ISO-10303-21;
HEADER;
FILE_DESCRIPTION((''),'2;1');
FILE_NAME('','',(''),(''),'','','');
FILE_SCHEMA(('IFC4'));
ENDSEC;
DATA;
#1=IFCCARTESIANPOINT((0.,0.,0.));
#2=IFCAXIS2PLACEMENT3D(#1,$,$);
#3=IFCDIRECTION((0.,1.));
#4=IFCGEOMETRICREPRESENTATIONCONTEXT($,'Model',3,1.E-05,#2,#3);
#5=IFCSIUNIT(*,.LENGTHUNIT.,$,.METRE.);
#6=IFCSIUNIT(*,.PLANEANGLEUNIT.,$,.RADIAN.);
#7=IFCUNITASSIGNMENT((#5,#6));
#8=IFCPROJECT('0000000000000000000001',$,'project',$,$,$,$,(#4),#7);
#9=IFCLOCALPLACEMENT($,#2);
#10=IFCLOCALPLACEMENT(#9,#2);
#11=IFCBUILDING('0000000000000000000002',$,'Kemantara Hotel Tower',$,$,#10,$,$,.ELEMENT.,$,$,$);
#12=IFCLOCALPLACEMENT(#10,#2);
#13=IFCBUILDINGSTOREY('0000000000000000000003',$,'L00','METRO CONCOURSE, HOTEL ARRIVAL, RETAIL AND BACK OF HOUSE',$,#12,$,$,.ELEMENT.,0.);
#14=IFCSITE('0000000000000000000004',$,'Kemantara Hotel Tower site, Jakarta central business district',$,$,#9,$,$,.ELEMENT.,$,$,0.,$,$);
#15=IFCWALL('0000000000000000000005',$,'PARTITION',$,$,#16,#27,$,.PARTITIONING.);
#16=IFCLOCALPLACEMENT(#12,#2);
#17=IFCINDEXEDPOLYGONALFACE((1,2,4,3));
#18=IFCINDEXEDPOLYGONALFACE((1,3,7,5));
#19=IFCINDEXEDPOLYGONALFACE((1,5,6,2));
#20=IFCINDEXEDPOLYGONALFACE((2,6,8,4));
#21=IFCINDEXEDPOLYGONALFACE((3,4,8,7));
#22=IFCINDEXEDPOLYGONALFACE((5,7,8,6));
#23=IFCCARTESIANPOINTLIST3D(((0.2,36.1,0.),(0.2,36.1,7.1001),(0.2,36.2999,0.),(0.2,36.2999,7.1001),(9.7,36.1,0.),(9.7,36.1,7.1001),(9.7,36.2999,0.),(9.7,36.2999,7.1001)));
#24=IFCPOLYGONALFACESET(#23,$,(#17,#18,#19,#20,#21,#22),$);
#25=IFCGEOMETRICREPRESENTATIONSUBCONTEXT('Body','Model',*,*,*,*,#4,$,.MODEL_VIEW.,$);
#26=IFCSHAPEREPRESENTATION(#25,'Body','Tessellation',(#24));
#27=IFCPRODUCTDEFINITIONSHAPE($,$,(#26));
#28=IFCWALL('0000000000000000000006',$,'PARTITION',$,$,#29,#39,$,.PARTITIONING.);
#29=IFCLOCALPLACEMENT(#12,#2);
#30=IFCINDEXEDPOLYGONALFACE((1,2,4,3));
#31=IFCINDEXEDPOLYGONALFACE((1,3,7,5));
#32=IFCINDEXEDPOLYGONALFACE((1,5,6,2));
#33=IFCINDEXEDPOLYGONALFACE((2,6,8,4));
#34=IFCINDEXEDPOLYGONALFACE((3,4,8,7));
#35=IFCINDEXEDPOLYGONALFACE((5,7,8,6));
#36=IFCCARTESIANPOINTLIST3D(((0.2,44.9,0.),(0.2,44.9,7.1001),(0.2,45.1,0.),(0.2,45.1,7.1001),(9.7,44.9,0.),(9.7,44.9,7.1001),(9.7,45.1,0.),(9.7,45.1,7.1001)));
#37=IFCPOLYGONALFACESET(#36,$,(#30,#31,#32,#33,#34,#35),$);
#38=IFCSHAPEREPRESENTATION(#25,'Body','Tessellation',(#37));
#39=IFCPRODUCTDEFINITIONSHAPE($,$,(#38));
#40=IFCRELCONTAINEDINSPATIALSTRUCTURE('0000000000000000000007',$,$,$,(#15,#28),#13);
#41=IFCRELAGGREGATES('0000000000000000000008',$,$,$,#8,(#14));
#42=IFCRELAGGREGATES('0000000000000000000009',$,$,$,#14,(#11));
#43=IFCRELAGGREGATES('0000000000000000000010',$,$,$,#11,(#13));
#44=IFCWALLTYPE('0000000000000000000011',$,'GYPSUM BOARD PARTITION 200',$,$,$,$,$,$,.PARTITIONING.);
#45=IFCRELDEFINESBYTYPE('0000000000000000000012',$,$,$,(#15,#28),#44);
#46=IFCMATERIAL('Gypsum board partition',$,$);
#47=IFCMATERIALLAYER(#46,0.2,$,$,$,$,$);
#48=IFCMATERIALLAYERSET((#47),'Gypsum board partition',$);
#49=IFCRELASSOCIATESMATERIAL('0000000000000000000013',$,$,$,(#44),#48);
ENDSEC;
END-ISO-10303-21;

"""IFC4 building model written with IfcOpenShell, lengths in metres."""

from ifc_helpers import new_model, si_unit, direction, frame, frame_2d, origin, place, context, subcontext, project, spatial, rectangle, extrude, material, layer, layer_set, type_object, element, save


model = new_model("IFC4")

# Units and contexts
model_context = context("Model", 3, precision=1e-05, world=origin(), true_north=direction((0.0, 1.0)))
body_context = subcontext(model_context, "Body", "Model", "MODEL_VIEW")
ifc_project = project(units=[si_unit("LENGTHUNIT", "METRE"), si_unit("PLANEANGLEUNIT", "RADIAN")], contexts=[model_context])

# Site, building, storey
site_placement = place(None, origin())
site = spatial("IfcSite", under=ifc_project, at=site_placement, Name="Kemantara Hotel Tower site, Jakarta central business district", CompositionType="ELEMENT", RefElevation=0.0)
building_placement = place(site_placement, origin())
building = spatial("IfcBuilding", under=site, at=building_placement, Name="Kemantara Hotel Tower", CompositionType="ELEMENT")
storey_placement = place(building_placement, origin())
storey = spatial("IfcBuildingStorey", under=building, at=storey_placement, Name="L00", Description="METRO CONCOURSE, HOTEL ARRIVAL, RETAIL AND BACK OF HOUSE", CompositionType="ELEMENT", Elevation=0.0)

# Walls
ifc_material_1 = material(Name="Gypsum board partition")
ifc_layer_1 = layer(ifc_material_1, 0.2)
ifc_layer_set_1 = layer_set([ifc_layer_1], Name="Gypsum board partition")
wall_type_1 = type_object("IfcWallType", Name="GYPSUM BOARD PARTITION 200", PredefinedType="PARTITIONING", material=ifc_layer_set_1)
for number, where, z_axis, x_axis, name in (
    (1, (0.2, 36.2, 0.0), (0.0, 0.0, 1.0), (1.0, 0.0, 0.0), "PARTITION"),
    (2, (0.2, 45.0, 0.0), (0.0, 0.0, 1.0), (1.0, 0.0, 0.0), "PARTITION"),
):
    element("IfcWall", number, at=place(storey_placement, frame(where, z_axis=z_axis, x_axis=x_axis)), inside=storey, type_object=wall_type_1, Name=name, PredefinedType="PARTITIONING", context=body_context, shape_type="SweptSolid", body=[
        extrude(rectangle(XDim=9.5, YDim=0.2, at=frame_2d((4.75, 0.0))), origin(), (0.0, 0.0, 1.0), 7.1001),
    ])

save(model, "model.ifc")
